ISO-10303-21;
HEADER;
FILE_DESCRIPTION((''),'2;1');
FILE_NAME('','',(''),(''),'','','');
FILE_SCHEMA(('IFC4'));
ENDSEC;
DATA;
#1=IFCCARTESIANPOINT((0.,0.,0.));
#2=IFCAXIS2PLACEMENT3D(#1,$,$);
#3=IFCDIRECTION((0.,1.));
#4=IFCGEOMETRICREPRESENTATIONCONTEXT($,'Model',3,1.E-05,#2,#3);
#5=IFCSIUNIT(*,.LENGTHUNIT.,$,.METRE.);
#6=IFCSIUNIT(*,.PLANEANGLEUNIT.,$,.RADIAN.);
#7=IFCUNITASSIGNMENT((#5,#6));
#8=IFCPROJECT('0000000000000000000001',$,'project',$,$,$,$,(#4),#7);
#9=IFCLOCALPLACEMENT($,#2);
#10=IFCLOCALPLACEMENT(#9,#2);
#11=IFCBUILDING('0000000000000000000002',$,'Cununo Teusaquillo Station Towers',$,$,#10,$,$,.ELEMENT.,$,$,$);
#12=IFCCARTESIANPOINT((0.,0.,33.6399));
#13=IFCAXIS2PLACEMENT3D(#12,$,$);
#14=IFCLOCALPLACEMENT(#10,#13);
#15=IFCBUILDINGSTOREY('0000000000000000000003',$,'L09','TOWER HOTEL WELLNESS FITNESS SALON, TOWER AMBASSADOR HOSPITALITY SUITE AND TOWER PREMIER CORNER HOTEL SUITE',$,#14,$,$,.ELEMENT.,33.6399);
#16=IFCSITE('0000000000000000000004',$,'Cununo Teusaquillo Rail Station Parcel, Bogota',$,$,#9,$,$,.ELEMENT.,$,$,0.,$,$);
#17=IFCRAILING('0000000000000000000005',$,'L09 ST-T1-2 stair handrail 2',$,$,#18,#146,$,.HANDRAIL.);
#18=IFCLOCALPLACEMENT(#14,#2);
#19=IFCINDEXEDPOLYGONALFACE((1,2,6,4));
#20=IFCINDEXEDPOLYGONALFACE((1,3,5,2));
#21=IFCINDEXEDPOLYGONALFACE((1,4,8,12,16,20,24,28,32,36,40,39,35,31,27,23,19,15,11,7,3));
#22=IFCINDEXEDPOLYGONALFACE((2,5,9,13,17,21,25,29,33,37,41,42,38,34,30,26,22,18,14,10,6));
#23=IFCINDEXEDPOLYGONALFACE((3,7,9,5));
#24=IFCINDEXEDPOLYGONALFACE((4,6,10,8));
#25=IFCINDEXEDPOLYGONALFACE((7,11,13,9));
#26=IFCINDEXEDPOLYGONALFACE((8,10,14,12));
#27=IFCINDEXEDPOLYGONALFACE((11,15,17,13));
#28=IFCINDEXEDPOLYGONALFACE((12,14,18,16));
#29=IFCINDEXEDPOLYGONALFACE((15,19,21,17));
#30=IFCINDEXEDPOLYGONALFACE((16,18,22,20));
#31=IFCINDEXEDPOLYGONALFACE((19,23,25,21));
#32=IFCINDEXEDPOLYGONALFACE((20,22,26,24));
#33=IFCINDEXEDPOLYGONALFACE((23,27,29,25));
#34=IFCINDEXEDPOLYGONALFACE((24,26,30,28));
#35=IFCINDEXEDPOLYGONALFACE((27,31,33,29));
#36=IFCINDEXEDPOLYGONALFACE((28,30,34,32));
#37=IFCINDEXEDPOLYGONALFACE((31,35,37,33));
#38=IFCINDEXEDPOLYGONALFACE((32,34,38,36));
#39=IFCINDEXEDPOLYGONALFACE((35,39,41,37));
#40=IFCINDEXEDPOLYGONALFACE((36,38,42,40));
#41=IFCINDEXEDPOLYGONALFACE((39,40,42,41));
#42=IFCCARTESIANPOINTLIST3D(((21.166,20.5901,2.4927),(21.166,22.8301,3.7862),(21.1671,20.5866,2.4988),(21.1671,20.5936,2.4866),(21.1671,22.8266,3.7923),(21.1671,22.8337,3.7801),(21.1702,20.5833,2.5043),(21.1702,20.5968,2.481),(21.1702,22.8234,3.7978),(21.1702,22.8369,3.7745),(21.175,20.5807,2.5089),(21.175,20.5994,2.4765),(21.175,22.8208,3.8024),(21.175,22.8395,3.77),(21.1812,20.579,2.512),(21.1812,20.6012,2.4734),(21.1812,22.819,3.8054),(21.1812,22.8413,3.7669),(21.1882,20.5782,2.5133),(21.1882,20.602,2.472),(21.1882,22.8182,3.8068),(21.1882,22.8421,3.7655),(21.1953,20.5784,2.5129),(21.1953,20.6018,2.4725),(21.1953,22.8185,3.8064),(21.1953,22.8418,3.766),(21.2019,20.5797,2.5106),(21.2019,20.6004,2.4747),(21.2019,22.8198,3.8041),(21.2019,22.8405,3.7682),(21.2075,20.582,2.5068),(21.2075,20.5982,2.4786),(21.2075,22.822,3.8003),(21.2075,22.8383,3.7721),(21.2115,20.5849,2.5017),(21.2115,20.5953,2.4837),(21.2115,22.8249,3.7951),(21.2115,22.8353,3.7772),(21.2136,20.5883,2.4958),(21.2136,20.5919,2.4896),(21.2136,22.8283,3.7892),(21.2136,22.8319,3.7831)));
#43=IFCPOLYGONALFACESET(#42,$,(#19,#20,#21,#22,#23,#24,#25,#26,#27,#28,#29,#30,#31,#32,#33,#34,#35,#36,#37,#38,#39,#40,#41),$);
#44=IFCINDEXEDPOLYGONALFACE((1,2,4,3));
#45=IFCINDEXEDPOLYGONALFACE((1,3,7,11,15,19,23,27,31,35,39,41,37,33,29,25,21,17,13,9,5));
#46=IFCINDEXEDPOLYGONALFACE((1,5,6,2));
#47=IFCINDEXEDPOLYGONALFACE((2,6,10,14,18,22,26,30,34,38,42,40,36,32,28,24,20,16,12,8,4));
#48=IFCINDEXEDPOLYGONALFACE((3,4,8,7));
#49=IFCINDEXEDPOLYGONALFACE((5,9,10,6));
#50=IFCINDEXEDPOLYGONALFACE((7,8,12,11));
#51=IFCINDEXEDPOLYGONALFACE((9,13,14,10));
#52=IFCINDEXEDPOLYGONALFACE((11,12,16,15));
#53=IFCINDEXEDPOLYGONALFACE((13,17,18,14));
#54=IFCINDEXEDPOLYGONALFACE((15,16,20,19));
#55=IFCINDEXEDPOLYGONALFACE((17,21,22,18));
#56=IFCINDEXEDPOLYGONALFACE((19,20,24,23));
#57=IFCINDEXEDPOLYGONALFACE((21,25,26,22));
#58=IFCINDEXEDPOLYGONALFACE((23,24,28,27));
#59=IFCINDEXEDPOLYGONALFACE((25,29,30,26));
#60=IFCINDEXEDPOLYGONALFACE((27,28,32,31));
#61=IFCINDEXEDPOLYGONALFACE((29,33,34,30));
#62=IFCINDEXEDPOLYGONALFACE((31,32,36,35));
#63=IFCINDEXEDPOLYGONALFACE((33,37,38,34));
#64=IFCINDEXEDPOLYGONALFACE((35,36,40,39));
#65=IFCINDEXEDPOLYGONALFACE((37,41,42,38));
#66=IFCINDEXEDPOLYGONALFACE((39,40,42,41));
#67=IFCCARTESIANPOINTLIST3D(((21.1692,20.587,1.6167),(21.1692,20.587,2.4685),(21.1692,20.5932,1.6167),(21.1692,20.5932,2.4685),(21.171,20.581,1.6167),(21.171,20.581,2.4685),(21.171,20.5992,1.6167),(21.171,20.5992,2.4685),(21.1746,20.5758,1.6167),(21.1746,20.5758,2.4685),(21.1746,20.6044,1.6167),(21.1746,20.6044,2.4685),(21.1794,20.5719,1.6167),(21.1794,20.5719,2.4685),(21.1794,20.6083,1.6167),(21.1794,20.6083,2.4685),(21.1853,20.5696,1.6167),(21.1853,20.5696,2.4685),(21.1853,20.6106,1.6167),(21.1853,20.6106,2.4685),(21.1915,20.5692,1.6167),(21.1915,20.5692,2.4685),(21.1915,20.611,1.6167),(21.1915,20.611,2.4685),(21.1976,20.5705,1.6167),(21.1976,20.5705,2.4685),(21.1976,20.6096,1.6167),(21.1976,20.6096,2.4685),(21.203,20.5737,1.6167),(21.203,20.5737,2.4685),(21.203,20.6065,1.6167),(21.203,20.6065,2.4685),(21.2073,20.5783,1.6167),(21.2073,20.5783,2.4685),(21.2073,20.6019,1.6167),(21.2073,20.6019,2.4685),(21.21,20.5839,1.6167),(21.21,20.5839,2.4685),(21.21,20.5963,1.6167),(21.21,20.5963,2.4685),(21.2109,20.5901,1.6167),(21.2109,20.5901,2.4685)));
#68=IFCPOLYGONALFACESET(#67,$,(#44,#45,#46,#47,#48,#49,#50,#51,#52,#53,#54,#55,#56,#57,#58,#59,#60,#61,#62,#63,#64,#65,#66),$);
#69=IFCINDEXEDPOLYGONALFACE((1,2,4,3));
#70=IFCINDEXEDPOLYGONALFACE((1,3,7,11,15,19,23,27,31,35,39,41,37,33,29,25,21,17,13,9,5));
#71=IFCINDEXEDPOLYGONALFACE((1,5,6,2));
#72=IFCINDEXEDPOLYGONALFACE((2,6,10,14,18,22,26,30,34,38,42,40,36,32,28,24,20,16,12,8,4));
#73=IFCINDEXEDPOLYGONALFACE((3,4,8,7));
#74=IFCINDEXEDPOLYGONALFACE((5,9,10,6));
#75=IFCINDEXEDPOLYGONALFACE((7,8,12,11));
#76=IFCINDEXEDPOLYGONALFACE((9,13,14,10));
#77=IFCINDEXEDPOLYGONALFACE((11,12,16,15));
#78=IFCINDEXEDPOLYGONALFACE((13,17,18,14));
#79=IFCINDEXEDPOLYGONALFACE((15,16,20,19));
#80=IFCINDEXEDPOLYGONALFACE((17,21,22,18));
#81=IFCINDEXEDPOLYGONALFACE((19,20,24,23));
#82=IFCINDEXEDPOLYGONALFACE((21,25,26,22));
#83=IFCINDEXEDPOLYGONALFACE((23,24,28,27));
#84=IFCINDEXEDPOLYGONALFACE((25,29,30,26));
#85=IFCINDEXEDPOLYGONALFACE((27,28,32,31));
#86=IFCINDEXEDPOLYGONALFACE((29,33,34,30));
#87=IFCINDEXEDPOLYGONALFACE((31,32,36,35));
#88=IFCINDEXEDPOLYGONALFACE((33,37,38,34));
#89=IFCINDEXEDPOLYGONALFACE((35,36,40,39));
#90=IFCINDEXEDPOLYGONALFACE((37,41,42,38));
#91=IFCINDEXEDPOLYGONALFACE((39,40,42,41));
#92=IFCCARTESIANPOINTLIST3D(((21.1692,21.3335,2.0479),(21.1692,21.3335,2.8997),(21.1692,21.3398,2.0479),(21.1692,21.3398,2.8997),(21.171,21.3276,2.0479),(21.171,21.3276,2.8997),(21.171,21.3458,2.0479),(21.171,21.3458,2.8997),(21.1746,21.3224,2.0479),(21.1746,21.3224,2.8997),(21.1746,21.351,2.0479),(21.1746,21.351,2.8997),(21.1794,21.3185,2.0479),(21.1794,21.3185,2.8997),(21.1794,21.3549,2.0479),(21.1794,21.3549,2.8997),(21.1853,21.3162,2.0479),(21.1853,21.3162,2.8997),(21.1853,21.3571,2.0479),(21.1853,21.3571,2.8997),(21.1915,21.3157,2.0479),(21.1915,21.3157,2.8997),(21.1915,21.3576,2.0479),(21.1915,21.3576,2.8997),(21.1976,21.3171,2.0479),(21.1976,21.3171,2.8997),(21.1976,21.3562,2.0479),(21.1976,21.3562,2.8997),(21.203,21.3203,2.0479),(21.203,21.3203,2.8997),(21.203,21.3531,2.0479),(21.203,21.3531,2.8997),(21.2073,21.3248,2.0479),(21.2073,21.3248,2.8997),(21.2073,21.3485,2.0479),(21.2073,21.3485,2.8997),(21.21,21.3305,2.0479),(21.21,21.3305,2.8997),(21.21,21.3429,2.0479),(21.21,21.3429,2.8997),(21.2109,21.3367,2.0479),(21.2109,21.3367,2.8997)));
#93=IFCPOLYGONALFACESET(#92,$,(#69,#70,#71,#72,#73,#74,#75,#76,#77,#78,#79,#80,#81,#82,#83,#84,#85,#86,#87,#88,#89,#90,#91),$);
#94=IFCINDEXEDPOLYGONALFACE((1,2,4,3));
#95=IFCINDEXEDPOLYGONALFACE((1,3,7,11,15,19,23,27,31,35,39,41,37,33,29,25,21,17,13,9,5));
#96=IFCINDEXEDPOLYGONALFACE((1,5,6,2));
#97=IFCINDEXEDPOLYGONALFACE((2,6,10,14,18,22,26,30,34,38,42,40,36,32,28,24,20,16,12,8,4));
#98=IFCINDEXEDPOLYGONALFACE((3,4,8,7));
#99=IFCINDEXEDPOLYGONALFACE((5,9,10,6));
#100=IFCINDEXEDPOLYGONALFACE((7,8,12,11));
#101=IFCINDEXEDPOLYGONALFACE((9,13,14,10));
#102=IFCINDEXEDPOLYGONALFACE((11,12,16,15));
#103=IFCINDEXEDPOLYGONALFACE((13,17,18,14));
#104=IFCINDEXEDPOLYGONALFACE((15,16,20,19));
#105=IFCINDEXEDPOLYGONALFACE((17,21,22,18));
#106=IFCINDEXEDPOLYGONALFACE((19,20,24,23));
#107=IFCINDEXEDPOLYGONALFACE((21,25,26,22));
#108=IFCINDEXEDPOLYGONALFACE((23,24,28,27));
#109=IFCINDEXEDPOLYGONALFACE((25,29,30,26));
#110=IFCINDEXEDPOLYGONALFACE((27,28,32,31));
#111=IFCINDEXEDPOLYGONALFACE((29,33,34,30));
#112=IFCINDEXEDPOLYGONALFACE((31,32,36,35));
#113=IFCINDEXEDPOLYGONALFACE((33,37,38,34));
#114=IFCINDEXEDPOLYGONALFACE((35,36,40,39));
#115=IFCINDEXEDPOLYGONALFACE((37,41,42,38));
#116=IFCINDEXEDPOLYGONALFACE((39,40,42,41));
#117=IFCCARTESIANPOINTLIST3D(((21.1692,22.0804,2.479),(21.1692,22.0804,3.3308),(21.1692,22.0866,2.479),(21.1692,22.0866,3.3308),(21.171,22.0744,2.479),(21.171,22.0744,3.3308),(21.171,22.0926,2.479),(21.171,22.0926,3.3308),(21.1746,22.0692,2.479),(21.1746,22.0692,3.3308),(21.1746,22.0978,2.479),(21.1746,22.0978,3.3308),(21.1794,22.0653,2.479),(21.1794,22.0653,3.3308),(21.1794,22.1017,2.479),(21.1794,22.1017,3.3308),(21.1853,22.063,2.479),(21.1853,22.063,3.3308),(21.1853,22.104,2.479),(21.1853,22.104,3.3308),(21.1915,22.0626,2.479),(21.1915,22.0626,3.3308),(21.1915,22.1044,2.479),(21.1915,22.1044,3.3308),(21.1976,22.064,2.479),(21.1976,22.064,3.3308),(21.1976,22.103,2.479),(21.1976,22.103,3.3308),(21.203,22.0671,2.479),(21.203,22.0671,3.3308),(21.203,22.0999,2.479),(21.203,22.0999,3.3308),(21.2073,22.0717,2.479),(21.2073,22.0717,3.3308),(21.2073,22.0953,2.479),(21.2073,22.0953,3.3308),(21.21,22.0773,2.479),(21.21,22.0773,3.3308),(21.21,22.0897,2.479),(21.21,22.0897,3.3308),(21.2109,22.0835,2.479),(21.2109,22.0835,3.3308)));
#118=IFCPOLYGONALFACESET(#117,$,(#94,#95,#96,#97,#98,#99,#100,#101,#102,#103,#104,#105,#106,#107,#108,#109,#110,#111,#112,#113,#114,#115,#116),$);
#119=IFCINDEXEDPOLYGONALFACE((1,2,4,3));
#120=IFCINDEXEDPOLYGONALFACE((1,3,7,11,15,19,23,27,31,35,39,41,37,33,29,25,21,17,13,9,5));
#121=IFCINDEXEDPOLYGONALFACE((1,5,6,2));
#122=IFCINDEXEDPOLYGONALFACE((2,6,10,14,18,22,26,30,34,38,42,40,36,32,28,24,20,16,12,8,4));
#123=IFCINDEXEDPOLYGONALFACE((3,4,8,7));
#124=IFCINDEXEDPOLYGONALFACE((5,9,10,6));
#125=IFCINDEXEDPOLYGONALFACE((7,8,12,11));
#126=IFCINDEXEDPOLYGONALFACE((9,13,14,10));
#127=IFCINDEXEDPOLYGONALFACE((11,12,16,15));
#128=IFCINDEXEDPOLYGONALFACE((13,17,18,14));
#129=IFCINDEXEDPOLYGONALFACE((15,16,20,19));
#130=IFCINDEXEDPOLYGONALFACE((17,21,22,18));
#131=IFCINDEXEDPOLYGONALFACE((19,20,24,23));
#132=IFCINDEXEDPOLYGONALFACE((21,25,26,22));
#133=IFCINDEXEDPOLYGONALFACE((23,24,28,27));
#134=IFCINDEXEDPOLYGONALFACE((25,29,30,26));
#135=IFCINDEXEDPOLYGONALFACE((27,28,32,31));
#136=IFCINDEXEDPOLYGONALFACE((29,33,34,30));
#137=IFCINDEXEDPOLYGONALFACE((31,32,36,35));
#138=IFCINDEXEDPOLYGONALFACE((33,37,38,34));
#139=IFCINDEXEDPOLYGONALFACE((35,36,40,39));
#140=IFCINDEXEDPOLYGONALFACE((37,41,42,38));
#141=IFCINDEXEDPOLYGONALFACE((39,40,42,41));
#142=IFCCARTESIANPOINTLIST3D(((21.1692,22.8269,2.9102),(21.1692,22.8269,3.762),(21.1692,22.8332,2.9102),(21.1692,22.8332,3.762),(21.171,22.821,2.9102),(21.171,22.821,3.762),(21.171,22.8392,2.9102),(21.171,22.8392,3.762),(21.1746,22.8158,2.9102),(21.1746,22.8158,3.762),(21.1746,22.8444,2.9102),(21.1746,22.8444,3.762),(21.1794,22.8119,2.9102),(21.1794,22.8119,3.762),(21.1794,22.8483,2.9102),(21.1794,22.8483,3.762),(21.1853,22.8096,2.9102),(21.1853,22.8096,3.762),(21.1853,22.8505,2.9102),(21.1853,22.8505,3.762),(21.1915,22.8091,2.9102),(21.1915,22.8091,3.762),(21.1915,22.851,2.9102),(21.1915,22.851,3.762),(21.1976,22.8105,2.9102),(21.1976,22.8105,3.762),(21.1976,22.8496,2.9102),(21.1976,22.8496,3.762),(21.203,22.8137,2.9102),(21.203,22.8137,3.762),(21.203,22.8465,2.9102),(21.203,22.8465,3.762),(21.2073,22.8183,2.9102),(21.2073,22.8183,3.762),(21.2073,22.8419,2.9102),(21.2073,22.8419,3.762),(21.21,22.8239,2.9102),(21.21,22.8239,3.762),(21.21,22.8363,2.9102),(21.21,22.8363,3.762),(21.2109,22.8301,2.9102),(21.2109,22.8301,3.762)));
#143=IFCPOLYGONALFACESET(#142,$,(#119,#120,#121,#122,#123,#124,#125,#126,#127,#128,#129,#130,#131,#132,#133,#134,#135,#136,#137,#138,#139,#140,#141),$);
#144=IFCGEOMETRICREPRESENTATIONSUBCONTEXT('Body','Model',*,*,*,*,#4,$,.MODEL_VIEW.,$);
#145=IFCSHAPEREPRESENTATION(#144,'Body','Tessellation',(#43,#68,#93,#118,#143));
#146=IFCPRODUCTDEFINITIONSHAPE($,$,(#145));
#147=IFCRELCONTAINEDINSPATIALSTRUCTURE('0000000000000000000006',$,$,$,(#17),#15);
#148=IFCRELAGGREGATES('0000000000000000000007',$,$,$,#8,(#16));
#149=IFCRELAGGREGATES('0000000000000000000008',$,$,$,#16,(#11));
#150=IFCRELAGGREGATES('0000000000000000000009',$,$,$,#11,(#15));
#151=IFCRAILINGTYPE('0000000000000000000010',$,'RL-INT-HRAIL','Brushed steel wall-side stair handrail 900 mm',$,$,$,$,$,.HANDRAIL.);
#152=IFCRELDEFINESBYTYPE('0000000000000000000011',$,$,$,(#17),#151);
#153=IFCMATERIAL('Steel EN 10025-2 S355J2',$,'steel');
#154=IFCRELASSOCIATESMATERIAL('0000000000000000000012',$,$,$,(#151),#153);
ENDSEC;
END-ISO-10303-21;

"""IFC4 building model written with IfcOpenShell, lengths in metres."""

from ifc_helpers import new_model, si_unit, direction, frame, origin, origin_2d, place, context, subcontext, project, spatial, circle, extrude, material, type_object, element, save


model = new_model("IFC4")

# Units and contexts
model_context = context("Model", 3, precision=1e-05, world=origin(), true_north=direction((0.0, 1.0)))
body_context = subcontext(model_context, "Body", "Model", "MODEL_VIEW")
ifc_project = project(units=[si_unit("LENGTHUNIT", "METRE"), si_unit("PLANEANGLEUNIT", "RADIAN")], contexts=[model_context])

# Site, building, storey
site_placement = place(None, origin())
site = spatial("IfcSite", under=ifc_project, at=site_placement, Name="Cununo Teusaquillo Rail Station Parcel, Bogota", CompositionType="ELEMENT", RefElevation=0.0)
building_placement = place(site_placement, origin())
building = spatial("IfcBuilding", under=site, at=building_placement, Name="Cununo Teusaquillo Station Towers", CompositionType="ELEMENT")
storey_placement = place(building_placement, frame((0.0, 0.0, 33.6399)))
storey = spatial("IfcBuildingStorey", under=building, at=storey_placement, Name="L09", Description="TOWER HOTEL WELLNESS FITNESS SALON, TOWER AMBASSADOR HOSPITALITY SUITE AND TOWER PREMIER CORNER HOTEL SUITE", CompositionType="ELEMENT", Elevation=33.6399)

# Railing
ifc_material_1 = material(Name="Steel EN 10025-2 S355J2", Category="steel")
railing_type_1 = type_object("IfcRailingType", Name="RL-INT-HRAIL", Description="Brushed steel wall-side stair handrail 900 mm", PredefinedType="HANDRAIL", material=ifc_material_1)
railing_1_placement = place(storey_placement, frame((21.1899, 20.5901, 1.6167)))
element("IfcRailing", 1, at=railing_1_placement, inside=storey, type_object=railing_type_1, Name="L09 ST-T1-2 stair handrail 2", PredefinedType="HANDRAIL", context=body_context, shape_type="SweptSolid", body=[
    extrude(circle(Radius=0.0239, at=origin_2d()), frame((0.0, 0.0, 0.876), z_axis=(0.0, 0.865992, 0.500057), x_axis=(-1.0, 0.0, 0.0)), (0.0, 0.0, 1.0), 2.5867),
    extrude(circle(Radius=0.021, at=origin_2d()), origin(), (0.0, 0.0, 1.0), 0.8518),
    extrude(circle(Radius=0.021, at=origin_2d()), frame((0.0, 0.7466, 0.4312)), (0.0, 0.0, 1.0), 0.8518),
    extrude(circle(Radius=0.021, at=origin_2d()), frame((0.0, 1.4934, 0.8623)), (0.0, 0.0, 1.0), 0.8518),
    extrude(circle(Radius=0.021, at=origin_2d()), frame((0.0, 2.24, 1.2935)), (0.0, 0.0, 1.0), 0.8518),
])

save(model, "model.ifc")
